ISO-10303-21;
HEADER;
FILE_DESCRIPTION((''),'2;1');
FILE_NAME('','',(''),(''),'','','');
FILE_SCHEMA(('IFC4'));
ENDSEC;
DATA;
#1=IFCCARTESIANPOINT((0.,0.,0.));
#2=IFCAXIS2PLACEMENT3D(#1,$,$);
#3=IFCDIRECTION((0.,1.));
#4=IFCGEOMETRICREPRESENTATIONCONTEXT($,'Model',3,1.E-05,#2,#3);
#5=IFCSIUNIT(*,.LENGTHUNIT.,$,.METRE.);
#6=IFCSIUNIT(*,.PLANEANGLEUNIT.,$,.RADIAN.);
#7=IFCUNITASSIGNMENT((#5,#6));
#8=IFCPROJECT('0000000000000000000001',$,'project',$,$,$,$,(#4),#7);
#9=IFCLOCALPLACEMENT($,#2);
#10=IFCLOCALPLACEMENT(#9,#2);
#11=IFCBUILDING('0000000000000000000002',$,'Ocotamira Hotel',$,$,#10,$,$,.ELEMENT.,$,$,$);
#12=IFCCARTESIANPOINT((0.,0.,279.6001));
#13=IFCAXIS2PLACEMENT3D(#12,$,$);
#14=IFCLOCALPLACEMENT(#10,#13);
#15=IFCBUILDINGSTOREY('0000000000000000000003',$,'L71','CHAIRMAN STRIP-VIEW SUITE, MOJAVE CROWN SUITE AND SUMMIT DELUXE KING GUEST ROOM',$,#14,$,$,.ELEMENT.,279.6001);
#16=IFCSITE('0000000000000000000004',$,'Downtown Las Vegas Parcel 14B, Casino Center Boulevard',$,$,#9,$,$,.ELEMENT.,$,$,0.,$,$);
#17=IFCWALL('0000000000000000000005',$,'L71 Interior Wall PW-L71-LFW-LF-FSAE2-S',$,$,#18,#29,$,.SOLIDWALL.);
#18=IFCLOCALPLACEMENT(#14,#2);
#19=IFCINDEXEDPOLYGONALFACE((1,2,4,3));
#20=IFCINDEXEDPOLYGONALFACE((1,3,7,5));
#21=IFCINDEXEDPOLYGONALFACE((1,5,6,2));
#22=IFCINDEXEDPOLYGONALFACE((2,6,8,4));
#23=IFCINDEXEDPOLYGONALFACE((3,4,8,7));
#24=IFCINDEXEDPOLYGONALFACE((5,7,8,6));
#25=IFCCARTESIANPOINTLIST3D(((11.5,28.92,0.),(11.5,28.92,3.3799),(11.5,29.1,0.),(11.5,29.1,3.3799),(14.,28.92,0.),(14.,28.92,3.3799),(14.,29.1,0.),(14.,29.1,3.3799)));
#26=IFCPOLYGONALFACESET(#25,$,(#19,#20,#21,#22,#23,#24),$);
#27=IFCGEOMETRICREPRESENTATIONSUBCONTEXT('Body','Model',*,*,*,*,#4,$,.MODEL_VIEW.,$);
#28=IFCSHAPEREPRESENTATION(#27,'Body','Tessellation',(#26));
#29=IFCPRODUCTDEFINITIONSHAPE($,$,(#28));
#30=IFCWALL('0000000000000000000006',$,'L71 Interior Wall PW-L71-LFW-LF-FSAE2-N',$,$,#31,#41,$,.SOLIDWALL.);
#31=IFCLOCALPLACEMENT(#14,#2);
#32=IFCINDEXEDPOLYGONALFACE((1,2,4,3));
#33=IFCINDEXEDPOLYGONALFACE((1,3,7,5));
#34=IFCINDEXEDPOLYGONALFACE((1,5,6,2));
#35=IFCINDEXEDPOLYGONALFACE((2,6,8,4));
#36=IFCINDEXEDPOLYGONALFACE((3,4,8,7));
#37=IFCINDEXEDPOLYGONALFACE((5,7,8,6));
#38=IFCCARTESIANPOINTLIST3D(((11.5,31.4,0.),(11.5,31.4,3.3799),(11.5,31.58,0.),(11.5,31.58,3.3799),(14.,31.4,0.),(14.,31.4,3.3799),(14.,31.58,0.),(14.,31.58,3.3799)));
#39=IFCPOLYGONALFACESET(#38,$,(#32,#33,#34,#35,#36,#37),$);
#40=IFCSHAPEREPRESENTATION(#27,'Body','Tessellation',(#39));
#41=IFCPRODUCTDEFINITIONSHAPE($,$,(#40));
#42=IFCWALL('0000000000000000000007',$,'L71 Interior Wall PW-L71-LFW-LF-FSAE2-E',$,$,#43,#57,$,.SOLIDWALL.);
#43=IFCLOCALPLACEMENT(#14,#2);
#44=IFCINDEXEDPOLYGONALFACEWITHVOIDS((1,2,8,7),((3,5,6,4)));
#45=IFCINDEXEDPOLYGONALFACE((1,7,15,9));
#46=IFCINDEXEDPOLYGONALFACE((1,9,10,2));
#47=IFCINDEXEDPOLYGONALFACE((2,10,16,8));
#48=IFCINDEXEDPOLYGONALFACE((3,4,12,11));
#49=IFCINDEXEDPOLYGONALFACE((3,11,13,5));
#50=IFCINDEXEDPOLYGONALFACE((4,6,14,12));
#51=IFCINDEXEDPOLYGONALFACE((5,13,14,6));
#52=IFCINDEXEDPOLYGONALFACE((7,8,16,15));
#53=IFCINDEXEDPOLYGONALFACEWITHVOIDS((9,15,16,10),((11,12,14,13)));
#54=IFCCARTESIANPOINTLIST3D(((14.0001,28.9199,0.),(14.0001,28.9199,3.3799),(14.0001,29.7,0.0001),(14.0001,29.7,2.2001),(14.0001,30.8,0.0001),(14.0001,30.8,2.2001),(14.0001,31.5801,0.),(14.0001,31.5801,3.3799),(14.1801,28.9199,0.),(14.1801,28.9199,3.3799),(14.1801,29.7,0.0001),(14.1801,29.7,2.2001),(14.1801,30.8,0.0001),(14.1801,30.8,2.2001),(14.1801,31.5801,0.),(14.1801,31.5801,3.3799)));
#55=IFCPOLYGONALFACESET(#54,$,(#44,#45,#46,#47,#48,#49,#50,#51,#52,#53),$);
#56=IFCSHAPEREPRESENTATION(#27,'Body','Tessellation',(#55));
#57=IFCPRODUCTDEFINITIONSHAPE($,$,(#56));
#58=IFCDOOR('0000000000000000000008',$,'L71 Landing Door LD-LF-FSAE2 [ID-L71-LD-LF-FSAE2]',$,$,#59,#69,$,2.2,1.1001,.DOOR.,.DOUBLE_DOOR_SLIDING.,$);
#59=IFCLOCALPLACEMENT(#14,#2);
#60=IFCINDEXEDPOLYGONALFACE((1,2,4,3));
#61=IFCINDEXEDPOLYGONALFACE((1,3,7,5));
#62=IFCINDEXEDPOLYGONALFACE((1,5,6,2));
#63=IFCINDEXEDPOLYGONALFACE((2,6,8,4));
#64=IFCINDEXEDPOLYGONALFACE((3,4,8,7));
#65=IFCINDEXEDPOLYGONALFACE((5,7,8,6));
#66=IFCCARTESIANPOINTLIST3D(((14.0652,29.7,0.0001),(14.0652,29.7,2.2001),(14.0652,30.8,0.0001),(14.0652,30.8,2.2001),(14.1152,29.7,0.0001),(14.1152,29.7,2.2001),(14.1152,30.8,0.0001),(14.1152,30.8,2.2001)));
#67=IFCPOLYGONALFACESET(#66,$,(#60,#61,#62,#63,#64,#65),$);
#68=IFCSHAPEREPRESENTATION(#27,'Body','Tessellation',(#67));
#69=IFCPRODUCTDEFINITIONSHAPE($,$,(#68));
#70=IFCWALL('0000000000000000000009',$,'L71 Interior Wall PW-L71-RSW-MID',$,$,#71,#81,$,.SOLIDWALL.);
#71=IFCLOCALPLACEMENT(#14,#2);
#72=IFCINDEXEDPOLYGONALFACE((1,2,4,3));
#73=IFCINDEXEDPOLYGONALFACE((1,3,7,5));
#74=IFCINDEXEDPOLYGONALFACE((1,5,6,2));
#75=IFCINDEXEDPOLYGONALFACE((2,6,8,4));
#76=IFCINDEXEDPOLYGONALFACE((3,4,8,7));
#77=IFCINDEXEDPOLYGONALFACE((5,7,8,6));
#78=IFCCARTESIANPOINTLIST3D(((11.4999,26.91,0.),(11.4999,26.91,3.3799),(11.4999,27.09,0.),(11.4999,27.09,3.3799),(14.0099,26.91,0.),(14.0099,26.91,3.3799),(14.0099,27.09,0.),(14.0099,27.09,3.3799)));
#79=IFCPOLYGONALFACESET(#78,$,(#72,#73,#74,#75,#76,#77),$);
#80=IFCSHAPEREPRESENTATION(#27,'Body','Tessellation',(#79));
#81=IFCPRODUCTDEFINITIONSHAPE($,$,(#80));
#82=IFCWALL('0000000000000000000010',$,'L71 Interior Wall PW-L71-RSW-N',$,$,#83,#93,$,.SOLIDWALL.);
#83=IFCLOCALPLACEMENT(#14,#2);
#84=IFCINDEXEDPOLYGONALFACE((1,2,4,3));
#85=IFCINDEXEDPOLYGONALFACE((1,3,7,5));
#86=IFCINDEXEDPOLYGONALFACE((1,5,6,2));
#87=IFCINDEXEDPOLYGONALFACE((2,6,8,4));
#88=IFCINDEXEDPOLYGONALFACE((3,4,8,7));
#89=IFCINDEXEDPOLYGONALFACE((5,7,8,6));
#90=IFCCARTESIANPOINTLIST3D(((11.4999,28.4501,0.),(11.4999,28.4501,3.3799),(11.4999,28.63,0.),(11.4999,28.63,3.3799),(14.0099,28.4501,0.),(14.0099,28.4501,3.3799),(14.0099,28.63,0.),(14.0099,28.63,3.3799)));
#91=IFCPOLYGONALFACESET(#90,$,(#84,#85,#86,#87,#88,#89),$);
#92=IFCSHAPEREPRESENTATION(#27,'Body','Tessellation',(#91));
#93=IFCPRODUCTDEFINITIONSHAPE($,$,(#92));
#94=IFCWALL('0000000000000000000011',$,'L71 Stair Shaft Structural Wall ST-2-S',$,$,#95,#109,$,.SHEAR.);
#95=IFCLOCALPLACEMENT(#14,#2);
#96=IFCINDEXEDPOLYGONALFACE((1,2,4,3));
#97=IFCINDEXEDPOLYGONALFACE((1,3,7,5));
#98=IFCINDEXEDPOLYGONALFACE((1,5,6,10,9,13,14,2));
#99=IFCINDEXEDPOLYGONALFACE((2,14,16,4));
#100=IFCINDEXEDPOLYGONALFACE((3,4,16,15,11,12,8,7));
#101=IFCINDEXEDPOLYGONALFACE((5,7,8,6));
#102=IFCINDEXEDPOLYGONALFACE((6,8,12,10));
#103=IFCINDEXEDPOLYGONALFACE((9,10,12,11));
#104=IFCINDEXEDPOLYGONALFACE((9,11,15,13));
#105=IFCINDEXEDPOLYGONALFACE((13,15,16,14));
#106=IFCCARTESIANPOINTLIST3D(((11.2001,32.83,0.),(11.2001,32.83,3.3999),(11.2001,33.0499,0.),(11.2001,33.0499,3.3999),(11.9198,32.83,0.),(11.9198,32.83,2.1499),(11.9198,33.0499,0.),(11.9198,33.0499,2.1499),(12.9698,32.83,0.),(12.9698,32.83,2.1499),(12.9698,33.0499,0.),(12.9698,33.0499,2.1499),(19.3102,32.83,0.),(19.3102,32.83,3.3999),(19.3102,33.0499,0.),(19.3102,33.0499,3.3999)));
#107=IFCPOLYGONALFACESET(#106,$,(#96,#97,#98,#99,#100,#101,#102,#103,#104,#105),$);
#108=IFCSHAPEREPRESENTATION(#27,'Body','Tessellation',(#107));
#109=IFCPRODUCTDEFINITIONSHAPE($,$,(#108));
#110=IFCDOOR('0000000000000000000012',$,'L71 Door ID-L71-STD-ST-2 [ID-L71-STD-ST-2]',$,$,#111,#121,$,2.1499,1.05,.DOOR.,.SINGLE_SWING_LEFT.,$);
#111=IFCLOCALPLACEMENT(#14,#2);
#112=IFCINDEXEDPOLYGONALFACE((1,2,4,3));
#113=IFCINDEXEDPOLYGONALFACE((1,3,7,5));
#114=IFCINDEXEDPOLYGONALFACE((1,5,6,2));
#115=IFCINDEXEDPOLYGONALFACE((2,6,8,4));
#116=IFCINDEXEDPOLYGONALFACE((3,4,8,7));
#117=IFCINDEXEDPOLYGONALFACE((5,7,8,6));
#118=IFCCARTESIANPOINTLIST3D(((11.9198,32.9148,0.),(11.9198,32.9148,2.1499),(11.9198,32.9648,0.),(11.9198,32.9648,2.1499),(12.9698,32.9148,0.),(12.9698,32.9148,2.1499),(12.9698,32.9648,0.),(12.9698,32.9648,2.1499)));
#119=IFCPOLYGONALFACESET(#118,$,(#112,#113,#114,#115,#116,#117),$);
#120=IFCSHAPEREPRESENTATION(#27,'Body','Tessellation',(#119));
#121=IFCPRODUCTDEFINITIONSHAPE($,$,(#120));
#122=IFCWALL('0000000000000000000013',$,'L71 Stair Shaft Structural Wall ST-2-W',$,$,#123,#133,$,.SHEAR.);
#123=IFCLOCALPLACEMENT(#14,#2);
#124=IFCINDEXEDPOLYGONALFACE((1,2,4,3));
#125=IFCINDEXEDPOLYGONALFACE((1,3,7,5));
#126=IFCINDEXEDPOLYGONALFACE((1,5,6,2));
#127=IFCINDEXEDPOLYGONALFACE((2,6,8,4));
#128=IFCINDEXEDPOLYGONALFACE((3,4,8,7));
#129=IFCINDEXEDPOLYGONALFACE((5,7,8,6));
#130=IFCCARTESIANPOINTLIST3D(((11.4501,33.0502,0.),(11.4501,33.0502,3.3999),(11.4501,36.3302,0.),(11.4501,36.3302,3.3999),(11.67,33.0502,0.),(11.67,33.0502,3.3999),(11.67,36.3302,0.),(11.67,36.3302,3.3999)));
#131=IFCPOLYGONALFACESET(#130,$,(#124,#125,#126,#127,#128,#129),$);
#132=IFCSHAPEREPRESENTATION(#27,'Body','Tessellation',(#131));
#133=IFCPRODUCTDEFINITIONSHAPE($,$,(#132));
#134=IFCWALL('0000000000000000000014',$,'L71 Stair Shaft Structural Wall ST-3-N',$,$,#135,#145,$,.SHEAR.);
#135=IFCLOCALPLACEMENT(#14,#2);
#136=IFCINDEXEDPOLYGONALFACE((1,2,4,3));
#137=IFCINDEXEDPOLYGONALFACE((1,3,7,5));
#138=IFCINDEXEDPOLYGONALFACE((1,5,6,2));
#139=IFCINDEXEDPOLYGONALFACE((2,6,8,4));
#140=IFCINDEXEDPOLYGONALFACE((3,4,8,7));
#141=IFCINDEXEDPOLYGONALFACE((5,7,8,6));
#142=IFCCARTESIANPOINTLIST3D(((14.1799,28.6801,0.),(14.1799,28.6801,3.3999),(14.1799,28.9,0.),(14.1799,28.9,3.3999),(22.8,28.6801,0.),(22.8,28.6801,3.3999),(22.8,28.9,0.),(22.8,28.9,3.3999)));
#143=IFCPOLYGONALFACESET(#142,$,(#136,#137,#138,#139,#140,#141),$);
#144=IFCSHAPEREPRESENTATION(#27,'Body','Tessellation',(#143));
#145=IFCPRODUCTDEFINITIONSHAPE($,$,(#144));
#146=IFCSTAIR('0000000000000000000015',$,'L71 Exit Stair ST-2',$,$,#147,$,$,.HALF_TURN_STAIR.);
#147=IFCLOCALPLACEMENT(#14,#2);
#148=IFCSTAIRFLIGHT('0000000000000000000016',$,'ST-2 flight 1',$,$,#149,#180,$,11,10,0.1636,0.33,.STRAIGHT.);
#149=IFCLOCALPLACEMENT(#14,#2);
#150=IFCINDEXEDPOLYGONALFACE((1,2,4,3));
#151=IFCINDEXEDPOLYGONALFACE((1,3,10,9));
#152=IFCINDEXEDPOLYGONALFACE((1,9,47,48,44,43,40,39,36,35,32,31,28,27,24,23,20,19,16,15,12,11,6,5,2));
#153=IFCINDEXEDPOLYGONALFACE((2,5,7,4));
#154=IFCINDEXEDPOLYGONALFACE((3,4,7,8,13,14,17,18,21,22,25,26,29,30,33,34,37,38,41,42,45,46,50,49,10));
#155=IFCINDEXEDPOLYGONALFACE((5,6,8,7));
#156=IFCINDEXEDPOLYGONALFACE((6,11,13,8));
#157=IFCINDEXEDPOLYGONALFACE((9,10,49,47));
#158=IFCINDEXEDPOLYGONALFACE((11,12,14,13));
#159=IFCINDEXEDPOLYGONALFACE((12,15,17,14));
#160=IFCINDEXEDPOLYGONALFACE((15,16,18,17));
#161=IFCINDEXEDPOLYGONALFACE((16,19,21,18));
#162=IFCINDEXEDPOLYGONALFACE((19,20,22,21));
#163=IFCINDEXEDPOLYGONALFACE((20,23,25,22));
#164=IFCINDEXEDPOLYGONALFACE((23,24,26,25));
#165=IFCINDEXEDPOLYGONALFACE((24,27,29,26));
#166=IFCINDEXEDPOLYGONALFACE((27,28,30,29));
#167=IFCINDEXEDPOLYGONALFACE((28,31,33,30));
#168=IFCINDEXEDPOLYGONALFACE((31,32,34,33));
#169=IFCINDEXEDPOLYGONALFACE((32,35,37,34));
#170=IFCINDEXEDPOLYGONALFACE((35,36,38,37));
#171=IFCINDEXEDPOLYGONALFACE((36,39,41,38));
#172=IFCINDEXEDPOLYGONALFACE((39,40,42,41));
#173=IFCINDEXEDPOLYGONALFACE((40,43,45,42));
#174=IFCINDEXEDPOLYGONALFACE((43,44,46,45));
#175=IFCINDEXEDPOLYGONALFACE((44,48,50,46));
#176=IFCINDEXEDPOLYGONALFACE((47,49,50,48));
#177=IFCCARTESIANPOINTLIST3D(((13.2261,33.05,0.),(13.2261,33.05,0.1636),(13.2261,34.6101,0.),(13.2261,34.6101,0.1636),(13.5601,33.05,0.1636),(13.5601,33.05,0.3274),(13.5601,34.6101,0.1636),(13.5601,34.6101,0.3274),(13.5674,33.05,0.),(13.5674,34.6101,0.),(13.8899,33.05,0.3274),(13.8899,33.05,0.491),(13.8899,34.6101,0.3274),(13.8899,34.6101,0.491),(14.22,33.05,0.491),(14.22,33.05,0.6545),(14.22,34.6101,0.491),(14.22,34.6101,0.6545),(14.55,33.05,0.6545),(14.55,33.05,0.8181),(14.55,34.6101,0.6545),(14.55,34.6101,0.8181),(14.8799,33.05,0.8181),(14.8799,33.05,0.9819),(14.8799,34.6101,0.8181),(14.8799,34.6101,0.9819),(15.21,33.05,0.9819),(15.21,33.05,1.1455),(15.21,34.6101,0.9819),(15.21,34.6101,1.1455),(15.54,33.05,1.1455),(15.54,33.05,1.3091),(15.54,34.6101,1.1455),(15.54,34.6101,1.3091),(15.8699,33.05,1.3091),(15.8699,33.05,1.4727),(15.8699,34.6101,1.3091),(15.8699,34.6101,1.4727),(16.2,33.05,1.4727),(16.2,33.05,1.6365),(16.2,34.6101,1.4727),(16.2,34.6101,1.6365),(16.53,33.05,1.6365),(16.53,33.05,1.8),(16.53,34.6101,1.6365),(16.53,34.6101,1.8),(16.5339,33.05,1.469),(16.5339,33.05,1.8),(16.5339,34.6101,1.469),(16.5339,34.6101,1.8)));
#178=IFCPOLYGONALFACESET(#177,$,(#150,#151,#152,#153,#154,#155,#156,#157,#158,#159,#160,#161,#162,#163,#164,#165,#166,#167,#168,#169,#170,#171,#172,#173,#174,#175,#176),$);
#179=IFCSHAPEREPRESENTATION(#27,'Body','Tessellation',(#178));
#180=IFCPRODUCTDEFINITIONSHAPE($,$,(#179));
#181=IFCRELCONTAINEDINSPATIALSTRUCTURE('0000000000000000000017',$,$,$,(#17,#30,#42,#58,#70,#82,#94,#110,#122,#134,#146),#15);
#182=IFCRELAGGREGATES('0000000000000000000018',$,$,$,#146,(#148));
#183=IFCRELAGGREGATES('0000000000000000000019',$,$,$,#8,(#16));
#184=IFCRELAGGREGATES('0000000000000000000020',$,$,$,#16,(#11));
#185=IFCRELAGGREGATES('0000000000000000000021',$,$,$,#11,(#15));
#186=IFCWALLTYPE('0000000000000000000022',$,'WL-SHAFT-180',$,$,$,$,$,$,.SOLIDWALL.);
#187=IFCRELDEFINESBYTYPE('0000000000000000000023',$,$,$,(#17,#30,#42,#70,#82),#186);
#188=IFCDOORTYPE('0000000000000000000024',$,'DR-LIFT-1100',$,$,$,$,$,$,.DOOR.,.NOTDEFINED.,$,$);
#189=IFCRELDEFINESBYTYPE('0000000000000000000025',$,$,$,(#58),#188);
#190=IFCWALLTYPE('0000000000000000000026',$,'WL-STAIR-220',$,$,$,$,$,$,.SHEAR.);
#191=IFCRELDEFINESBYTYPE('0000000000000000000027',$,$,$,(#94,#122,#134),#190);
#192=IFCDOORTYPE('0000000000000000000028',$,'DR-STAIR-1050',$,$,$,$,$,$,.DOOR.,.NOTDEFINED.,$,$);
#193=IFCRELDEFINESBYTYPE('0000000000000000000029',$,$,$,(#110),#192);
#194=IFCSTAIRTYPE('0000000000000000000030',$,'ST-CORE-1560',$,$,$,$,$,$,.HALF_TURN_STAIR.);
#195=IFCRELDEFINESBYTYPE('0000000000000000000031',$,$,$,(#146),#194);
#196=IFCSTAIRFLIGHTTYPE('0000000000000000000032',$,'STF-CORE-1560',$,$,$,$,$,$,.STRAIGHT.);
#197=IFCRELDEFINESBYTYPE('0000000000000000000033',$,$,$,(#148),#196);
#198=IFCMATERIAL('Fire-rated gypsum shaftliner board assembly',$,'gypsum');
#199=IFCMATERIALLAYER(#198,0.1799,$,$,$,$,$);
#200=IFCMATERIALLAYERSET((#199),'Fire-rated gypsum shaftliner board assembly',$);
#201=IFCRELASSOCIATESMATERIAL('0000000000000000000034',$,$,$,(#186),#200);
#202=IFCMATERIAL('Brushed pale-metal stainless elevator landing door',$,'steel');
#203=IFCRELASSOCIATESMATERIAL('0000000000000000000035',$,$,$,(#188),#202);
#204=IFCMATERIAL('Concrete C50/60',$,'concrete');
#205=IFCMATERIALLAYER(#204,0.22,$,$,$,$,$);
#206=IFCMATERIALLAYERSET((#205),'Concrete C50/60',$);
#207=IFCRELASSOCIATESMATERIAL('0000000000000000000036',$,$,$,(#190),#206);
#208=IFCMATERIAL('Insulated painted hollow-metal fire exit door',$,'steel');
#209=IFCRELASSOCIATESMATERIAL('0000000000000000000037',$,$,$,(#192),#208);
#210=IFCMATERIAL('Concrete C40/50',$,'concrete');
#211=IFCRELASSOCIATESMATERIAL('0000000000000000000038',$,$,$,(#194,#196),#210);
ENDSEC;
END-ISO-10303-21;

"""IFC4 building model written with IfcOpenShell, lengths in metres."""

from ifc_helpers import new_model, si_unit, direction, frame, frame_2d, origin, place, context, subcontext, project, spatial, polyline, rectangle, outline, extrude, source, transform, mapped, material, layer, layer_set, type_object, element, fill, aggregate, save


model = new_model("IFC4")

# Units and contexts
model_context = context("Model", 3, precision=1e-05, world=origin(), true_north=direction((0.0, 1.0)))
body_context = subcontext(model_context, "Body", "Model", "MODEL_VIEW")
ifc_project = project(units=[si_unit("LENGTHUNIT", "METRE"), si_unit("PLANEANGLEUNIT", "RADIAN")], contexts=[model_context])

# Site, building, storey
site_placement = place(None, origin())
site = spatial("IfcSite", under=ifc_project, at=site_placement, Name="Downtown Las Vegas Parcel 14B, Casino Center Boulevard", CompositionType="ELEMENT", RefElevation=0.0)
building_placement = place(site_placement, origin())
building = spatial("IfcBuilding", under=site, at=building_placement, Name="Ocotamira Hotel", CompositionType="ELEMENT")
storey_placement = place(building_placement, frame((0.0, 0.0, 279.6001)))
storey = spatial("IfcBuildingStorey", under=building, at=storey_placement, Name="L71", Description="CHAIRMAN STRIP-VIEW SUITE, MOJAVE CROWN SUITE AND SUMMIT DELUXE KING GUEST ROOM", CompositionType="ELEMENT", Elevation=279.6001)

# Walls
ifc_material_1 = material(Name="Fire-rated gypsum shaftliner board assembly", Category="gypsum")
ifc_layer_1 = layer(ifc_material_1, 0.1799)
ifc_layer_set_1 = layer_set([ifc_layer_1], Name="Fire-rated gypsum shaftliner board assembly")
wall_type_1 = type_object("IfcWallType", Name="WL-SHAFT-180", PredefinedType="SOLIDWALL", material=ifc_layer_set_1)
for number, where, z_axis, x_axis, name in (
    (1, (11.5, 29.01, 0.0), (0.0, 0.0, 1.0), (1.0, 0.0, 0.0), "L71 Interior Wall PW-L71-LFW-LF-FSAE2-S"),
    (2, (11.5, 31.49, 0.0), (0.0, 0.0, 1.0), (1.0, 0.0, 0.0), "L71 Interior Wall PW-L71-LFW-LF-FSAE2-N"),
):
    element("IfcWall", number, at=place(storey_placement, frame(where, z_axis=z_axis, x_axis=x_axis)), inside=storey, type_object=wall_type_1, Name=name, PredefinedType="SOLIDWALL", context=body_context, shape_type="SweptSolid", body=[
        extrude(rectangle(XDim=2.5, YDim=0.1799, at=frame_2d((1.25, 0.0))), origin(), (0.0, 0.0, 1.0), 3.3799),
    ])

# Wall, opening, door
wall_1_placement = place(storey_placement, frame((14.0901, 28.9199, 0.0), z_axis=(0.0, 0.0, 1.0), x_axis=(0.0, 1.0, 0.0)))
wall_1 = element("IfcWall", 3, at=wall_1_placement, inside=storey, type_object=wall_type_1, Name="L71 Interior Wall PW-L71-LFW-LF-FSAE2-E", PredefinedType="SOLIDWALL", context=body_context, shape_type="SweptSolid", body=[
    extrude(rectangle(XDim=2.6602, YDim=0.1799, at=frame_2d((1.3301, 0.0))), origin(), (0.0, 0.0, 1.0), 3.3799),
])
opening_1_placement = place(wall_1_placement, frame((0.78, 0.0, 0.0)))
opening_1 = element("IfcOpeningElement", 4, at=opening_1_placement, cuts=wall_1, PredefinedType="OPENING", context=body_context, shape_type="SweptSolid", body=[
    extrude(rectangle(XDim=1.1001, YDim=2.2, at=frame_2d((0.55, 1.1001))), frame((0.0, 0.1001, 0.0), z_axis=(0.0, -1.0, 0.0), x_axis=(1.0, 0.0, 0.0)), (0.0, 0.0, 1.0), 0.2),
])
ifc_material_2 = material(Name="Brushed pale-metal stainless elevator landing door", Category="steel")
door_type_1 = type_object("IfcDoorType", Name="DR-LIFT-1100", OperationType="NOTDEFINED", PredefinedType="DOOR", material=ifc_material_2)
shared_shape_1 = source(origin(), body_context, "Body", "SweptSolid", [
    extrude(rectangle(XDim=1.1001, YDim=2.2, at=frame_2d((0.55, 1.1001))), frame((0.0, 0.0249, 0.0), z_axis=(0.0, -1.0, 0.0), x_axis=(1.0, 0.0, 0.0)), (0.0, 0.0, 1.0), 0.05),
])
door_1_placement = place(opening_1_placement, origin())
door_1 = element("IfcDoor", 5, at=door_1_placement, inside=storey, type_object=door_type_1, Name="L71 Landing Door LD-LF-FSAE2 [ID-L71-LD-LF-FSAE2]", OperationType="DOUBLE_DOOR_SLIDING", OverallHeight=2.2, OverallWidth=1.1001, PredefinedType="DOOR", context=body_context, shape_type="MappedRepresentation", body=[
    mapped(shared_shape_1, transform((0.0, 0.0, 0.0), scale=1.0)),
])
fill(opening_1, door_1)

# Walls
for number, where, z_axis, x_axis, name in (
    (6, (11.5, 27.0, 0.0), (0.0, 0.0, 1.0), (1.0, 0.0, 0.0), "L71 Interior Wall PW-L71-RSW-MID"),
    (7, (11.5, 28.54, 0.0), (0.0, 0.0, 1.0), (1.0, 0.0, 0.0), "L71 Interior Wall PW-L71-RSW-N"),
):
    element("IfcWall", number, at=place(storey_placement, frame(where, z_axis=z_axis, x_axis=x_axis)), inside=storey, type_object=wall_type_1, Name=name, PredefinedType="SOLIDWALL", context=body_context, shape_type="SweptSolid", body=[
        extrude(rectangle(XDim=2.51, YDim=0.1799, at=frame_2d((1.2549, 0.0))), origin(), (0.0, 0.0, 1.0), 3.3799),
    ])

# Wall, opening, door
ifc_material_3 = material(Name="Concrete C50/60", Category="concrete")
ifc_layer_2 = layer(ifc_material_3, 0.22)
ifc_layer_set_2 = layer_set([ifc_layer_2], Name="Concrete C50/60")
wall_type_2 = type_object("IfcWallType", Name="WL-STAIR-220", PredefinedType="SHEAR", material=ifc_layer_set_2)
wall_2_placement = place(storey_placement, frame((11.2, 32.9399, 0.0), z_axis=(0.0, 0.0, 1.0), x_axis=(1.0, 0.0, 0.0)))
wall_2 = element("IfcWall", 8, at=wall_2_placement, inside=storey, type_object=wall_type_2, Name="L71 Stair Shaft Structural Wall ST-2-S", PredefinedType="SHEAR", context=body_context, shape_type="SweptSolid", body=[
    extrude(rectangle(XDim=8.1101, YDim=0.22, at=frame_2d((4.0552, 0.0))), origin(), (0.0, 0.0, 1.0), 3.3999),
])
opening_2_placement = place(wall_2_placement, frame((0.72, 0.0, 0.0)))
opening_2 = element("IfcOpeningElement", 9, at=opening_2_placement, cuts=wall_2, PredefinedType="OPENING", context=body_context, shape_type="SweptSolid", body=[
    extrude(rectangle(XDim=1.05, YDim=2.1499, at=frame_2d((0.5249, 1.075))), frame((0.0, 0.1201, 0.0), z_axis=(0.0, -1.0, 0.0), x_axis=(1.0, 0.0, 0.0)), (0.0, 0.0, 1.0), 0.24),
])
ifc_material_4 = material(Name="Insulated painted hollow-metal fire exit door", Category="steel")
door_type_2 = type_object("IfcDoorType", Name="DR-STAIR-1050", OperationType="NOTDEFINED", PredefinedType="DOOR", material=ifc_material_4)
shared_shape_2 = source(origin(), body_context, "Body", "SweptSolid", [
    extrude(rectangle(XDim=1.05, YDim=2.1499, at=frame_2d((0.5249, 1.075))), frame((0.0, 0.0249, 0.0), z_axis=(0.0, -1.0, 0.0), x_axis=(1.0, 0.0, 0.0)), (0.0, 0.0, 1.0), 0.05),
])
door_2_placement = place(opening_2_placement, origin())
door_2 = element("IfcDoor", 10, at=door_2_placement, inside=storey, type_object=door_type_2, Name="L71 Door ID-L71-STD-ST-2 [ID-L71-STD-ST-2]", OperationType="SINGLE_SWING_LEFT", OverallHeight=2.1499, OverallWidth=1.05, PredefinedType="DOOR", context=body_context, shape_type="MappedRepresentation", body=[
    mapped(shared_shape_2, transform((0.0, 0.0, 0.0), scale=1.0)),
])
fill(opening_2, door_2)

# Walls
wall_3_placement = place(storey_placement, frame((11.5601, 33.05, 0.0), z_axis=(0.0, 0.0, 1.0), x_axis=(0.0, 1.0, 0.0)))
element("IfcWall", 11, at=wall_3_placement, inside=storey, type_object=wall_type_2, Name="L71 Stair Shaft Structural Wall ST-2-W", PredefinedType="SHEAR", context=body_context, shape_type="SweptSolid", body=[
    extrude(rectangle(XDim=3.28, YDim=0.22, at=frame_2d((1.6401, 0.0))), origin(), (0.0, 0.0, 1.0), 3.3999),
])
wall_4_placement = place(storey_placement, frame((14.1799, 28.79, 0.0), z_axis=(0.0, 0.0, 1.0), x_axis=(1.0, 0.0, 0.0)))
element("IfcWall", 12, at=wall_4_placement, inside=storey, type_object=wall_type_2, Name="L71 Stair Shaft Structural Wall ST-3-N", PredefinedType="SHEAR", context=body_context, shape_type="SweptSolid", body=[
    extrude(rectangle(XDim=8.6201, YDim=0.22, at=frame_2d((4.3101, 0.0))), origin(), (0.0, 0.0, 1.0), 3.3999),
])

# Stair, stair flight
ifc_material_5 = material(Name="Concrete C40/50", Category="concrete")
stair_type = type_object("IfcStairType", Name="ST-CORE-1560", PredefinedType="HALF_TURN_STAIR", material=ifc_material_5)
stair_1_placement = place(storey_placement, origin())
stair_1 = element("IfcStair", 13, at=stair_1_placement, inside=storey, type_object=stair_type, Name="L71 Exit Stair ST-2", PredefinedType="HALF_TURN_STAIR")
stair_flight_type = type_object("IfcStairFlightType", Name="STF-CORE-1560", PredefinedType="STRAIGHT", material=ifc_material_5)
shared_shape_3 = source(origin(), body_context, "Body", "SweptSolid", [
    extrude(outline(polyline([(-0.0039, 0.0), (-0.0039, 0.1636), (0.3301, 0.1636), (0.3301, 0.3274), (0.6599, 0.3274), (0.6599, 0.491), (0.99, 0.491), (0.99, 0.6545), (1.3201, 0.6545), (1.3201, 0.8181), (1.6499, 0.8181), (1.6499, 0.9819), (1.98, 0.9819), (1.98, 1.1455), (2.3101, 1.1455), (2.3101, 1.3091), (2.6399, 1.3091), (2.6399, 1.4727), (2.97, 1.4727), (2.97, 1.6365), (3.3, 1.6365), (3.3, 1.8), (3.304, 1.8), (3.304, 1.469), (0.3374, 0.0), (-0.0039, 0.0)])), frame((0.0, 0.78, 0.0), z_axis=(0.0, -1.0, 0.0), x_axis=(1.0, 0.0, 0.0)), (0.0, 0.0, 1.0), 1.5601),
])
stair_flight_1_placement = place(storey_placement, frame((13.23, 33.8301, 0.0), z_axis=(0.0, 0.0, 1.0), x_axis=(1.0, 0.0, 0.0)))
stair_flight_1 = element("IfcStairFlight", 14, at=stair_flight_1_placement, type_object=stair_flight_type, Name="ST-2 flight 1", NumberOfRisers=11, NumberOfTreads=10, PredefinedType="STRAIGHT", RiserHeight=0.1636, TreadLength=0.33, context=body_context, shape_type="MappedRepresentation", body=[
    mapped(shared_shape_3, transform((0.0, 0.0, 0.0), scale=1.0)),
])
aggregate(stair_1, [stair_flight_1])

save(model, "model.ifc")
